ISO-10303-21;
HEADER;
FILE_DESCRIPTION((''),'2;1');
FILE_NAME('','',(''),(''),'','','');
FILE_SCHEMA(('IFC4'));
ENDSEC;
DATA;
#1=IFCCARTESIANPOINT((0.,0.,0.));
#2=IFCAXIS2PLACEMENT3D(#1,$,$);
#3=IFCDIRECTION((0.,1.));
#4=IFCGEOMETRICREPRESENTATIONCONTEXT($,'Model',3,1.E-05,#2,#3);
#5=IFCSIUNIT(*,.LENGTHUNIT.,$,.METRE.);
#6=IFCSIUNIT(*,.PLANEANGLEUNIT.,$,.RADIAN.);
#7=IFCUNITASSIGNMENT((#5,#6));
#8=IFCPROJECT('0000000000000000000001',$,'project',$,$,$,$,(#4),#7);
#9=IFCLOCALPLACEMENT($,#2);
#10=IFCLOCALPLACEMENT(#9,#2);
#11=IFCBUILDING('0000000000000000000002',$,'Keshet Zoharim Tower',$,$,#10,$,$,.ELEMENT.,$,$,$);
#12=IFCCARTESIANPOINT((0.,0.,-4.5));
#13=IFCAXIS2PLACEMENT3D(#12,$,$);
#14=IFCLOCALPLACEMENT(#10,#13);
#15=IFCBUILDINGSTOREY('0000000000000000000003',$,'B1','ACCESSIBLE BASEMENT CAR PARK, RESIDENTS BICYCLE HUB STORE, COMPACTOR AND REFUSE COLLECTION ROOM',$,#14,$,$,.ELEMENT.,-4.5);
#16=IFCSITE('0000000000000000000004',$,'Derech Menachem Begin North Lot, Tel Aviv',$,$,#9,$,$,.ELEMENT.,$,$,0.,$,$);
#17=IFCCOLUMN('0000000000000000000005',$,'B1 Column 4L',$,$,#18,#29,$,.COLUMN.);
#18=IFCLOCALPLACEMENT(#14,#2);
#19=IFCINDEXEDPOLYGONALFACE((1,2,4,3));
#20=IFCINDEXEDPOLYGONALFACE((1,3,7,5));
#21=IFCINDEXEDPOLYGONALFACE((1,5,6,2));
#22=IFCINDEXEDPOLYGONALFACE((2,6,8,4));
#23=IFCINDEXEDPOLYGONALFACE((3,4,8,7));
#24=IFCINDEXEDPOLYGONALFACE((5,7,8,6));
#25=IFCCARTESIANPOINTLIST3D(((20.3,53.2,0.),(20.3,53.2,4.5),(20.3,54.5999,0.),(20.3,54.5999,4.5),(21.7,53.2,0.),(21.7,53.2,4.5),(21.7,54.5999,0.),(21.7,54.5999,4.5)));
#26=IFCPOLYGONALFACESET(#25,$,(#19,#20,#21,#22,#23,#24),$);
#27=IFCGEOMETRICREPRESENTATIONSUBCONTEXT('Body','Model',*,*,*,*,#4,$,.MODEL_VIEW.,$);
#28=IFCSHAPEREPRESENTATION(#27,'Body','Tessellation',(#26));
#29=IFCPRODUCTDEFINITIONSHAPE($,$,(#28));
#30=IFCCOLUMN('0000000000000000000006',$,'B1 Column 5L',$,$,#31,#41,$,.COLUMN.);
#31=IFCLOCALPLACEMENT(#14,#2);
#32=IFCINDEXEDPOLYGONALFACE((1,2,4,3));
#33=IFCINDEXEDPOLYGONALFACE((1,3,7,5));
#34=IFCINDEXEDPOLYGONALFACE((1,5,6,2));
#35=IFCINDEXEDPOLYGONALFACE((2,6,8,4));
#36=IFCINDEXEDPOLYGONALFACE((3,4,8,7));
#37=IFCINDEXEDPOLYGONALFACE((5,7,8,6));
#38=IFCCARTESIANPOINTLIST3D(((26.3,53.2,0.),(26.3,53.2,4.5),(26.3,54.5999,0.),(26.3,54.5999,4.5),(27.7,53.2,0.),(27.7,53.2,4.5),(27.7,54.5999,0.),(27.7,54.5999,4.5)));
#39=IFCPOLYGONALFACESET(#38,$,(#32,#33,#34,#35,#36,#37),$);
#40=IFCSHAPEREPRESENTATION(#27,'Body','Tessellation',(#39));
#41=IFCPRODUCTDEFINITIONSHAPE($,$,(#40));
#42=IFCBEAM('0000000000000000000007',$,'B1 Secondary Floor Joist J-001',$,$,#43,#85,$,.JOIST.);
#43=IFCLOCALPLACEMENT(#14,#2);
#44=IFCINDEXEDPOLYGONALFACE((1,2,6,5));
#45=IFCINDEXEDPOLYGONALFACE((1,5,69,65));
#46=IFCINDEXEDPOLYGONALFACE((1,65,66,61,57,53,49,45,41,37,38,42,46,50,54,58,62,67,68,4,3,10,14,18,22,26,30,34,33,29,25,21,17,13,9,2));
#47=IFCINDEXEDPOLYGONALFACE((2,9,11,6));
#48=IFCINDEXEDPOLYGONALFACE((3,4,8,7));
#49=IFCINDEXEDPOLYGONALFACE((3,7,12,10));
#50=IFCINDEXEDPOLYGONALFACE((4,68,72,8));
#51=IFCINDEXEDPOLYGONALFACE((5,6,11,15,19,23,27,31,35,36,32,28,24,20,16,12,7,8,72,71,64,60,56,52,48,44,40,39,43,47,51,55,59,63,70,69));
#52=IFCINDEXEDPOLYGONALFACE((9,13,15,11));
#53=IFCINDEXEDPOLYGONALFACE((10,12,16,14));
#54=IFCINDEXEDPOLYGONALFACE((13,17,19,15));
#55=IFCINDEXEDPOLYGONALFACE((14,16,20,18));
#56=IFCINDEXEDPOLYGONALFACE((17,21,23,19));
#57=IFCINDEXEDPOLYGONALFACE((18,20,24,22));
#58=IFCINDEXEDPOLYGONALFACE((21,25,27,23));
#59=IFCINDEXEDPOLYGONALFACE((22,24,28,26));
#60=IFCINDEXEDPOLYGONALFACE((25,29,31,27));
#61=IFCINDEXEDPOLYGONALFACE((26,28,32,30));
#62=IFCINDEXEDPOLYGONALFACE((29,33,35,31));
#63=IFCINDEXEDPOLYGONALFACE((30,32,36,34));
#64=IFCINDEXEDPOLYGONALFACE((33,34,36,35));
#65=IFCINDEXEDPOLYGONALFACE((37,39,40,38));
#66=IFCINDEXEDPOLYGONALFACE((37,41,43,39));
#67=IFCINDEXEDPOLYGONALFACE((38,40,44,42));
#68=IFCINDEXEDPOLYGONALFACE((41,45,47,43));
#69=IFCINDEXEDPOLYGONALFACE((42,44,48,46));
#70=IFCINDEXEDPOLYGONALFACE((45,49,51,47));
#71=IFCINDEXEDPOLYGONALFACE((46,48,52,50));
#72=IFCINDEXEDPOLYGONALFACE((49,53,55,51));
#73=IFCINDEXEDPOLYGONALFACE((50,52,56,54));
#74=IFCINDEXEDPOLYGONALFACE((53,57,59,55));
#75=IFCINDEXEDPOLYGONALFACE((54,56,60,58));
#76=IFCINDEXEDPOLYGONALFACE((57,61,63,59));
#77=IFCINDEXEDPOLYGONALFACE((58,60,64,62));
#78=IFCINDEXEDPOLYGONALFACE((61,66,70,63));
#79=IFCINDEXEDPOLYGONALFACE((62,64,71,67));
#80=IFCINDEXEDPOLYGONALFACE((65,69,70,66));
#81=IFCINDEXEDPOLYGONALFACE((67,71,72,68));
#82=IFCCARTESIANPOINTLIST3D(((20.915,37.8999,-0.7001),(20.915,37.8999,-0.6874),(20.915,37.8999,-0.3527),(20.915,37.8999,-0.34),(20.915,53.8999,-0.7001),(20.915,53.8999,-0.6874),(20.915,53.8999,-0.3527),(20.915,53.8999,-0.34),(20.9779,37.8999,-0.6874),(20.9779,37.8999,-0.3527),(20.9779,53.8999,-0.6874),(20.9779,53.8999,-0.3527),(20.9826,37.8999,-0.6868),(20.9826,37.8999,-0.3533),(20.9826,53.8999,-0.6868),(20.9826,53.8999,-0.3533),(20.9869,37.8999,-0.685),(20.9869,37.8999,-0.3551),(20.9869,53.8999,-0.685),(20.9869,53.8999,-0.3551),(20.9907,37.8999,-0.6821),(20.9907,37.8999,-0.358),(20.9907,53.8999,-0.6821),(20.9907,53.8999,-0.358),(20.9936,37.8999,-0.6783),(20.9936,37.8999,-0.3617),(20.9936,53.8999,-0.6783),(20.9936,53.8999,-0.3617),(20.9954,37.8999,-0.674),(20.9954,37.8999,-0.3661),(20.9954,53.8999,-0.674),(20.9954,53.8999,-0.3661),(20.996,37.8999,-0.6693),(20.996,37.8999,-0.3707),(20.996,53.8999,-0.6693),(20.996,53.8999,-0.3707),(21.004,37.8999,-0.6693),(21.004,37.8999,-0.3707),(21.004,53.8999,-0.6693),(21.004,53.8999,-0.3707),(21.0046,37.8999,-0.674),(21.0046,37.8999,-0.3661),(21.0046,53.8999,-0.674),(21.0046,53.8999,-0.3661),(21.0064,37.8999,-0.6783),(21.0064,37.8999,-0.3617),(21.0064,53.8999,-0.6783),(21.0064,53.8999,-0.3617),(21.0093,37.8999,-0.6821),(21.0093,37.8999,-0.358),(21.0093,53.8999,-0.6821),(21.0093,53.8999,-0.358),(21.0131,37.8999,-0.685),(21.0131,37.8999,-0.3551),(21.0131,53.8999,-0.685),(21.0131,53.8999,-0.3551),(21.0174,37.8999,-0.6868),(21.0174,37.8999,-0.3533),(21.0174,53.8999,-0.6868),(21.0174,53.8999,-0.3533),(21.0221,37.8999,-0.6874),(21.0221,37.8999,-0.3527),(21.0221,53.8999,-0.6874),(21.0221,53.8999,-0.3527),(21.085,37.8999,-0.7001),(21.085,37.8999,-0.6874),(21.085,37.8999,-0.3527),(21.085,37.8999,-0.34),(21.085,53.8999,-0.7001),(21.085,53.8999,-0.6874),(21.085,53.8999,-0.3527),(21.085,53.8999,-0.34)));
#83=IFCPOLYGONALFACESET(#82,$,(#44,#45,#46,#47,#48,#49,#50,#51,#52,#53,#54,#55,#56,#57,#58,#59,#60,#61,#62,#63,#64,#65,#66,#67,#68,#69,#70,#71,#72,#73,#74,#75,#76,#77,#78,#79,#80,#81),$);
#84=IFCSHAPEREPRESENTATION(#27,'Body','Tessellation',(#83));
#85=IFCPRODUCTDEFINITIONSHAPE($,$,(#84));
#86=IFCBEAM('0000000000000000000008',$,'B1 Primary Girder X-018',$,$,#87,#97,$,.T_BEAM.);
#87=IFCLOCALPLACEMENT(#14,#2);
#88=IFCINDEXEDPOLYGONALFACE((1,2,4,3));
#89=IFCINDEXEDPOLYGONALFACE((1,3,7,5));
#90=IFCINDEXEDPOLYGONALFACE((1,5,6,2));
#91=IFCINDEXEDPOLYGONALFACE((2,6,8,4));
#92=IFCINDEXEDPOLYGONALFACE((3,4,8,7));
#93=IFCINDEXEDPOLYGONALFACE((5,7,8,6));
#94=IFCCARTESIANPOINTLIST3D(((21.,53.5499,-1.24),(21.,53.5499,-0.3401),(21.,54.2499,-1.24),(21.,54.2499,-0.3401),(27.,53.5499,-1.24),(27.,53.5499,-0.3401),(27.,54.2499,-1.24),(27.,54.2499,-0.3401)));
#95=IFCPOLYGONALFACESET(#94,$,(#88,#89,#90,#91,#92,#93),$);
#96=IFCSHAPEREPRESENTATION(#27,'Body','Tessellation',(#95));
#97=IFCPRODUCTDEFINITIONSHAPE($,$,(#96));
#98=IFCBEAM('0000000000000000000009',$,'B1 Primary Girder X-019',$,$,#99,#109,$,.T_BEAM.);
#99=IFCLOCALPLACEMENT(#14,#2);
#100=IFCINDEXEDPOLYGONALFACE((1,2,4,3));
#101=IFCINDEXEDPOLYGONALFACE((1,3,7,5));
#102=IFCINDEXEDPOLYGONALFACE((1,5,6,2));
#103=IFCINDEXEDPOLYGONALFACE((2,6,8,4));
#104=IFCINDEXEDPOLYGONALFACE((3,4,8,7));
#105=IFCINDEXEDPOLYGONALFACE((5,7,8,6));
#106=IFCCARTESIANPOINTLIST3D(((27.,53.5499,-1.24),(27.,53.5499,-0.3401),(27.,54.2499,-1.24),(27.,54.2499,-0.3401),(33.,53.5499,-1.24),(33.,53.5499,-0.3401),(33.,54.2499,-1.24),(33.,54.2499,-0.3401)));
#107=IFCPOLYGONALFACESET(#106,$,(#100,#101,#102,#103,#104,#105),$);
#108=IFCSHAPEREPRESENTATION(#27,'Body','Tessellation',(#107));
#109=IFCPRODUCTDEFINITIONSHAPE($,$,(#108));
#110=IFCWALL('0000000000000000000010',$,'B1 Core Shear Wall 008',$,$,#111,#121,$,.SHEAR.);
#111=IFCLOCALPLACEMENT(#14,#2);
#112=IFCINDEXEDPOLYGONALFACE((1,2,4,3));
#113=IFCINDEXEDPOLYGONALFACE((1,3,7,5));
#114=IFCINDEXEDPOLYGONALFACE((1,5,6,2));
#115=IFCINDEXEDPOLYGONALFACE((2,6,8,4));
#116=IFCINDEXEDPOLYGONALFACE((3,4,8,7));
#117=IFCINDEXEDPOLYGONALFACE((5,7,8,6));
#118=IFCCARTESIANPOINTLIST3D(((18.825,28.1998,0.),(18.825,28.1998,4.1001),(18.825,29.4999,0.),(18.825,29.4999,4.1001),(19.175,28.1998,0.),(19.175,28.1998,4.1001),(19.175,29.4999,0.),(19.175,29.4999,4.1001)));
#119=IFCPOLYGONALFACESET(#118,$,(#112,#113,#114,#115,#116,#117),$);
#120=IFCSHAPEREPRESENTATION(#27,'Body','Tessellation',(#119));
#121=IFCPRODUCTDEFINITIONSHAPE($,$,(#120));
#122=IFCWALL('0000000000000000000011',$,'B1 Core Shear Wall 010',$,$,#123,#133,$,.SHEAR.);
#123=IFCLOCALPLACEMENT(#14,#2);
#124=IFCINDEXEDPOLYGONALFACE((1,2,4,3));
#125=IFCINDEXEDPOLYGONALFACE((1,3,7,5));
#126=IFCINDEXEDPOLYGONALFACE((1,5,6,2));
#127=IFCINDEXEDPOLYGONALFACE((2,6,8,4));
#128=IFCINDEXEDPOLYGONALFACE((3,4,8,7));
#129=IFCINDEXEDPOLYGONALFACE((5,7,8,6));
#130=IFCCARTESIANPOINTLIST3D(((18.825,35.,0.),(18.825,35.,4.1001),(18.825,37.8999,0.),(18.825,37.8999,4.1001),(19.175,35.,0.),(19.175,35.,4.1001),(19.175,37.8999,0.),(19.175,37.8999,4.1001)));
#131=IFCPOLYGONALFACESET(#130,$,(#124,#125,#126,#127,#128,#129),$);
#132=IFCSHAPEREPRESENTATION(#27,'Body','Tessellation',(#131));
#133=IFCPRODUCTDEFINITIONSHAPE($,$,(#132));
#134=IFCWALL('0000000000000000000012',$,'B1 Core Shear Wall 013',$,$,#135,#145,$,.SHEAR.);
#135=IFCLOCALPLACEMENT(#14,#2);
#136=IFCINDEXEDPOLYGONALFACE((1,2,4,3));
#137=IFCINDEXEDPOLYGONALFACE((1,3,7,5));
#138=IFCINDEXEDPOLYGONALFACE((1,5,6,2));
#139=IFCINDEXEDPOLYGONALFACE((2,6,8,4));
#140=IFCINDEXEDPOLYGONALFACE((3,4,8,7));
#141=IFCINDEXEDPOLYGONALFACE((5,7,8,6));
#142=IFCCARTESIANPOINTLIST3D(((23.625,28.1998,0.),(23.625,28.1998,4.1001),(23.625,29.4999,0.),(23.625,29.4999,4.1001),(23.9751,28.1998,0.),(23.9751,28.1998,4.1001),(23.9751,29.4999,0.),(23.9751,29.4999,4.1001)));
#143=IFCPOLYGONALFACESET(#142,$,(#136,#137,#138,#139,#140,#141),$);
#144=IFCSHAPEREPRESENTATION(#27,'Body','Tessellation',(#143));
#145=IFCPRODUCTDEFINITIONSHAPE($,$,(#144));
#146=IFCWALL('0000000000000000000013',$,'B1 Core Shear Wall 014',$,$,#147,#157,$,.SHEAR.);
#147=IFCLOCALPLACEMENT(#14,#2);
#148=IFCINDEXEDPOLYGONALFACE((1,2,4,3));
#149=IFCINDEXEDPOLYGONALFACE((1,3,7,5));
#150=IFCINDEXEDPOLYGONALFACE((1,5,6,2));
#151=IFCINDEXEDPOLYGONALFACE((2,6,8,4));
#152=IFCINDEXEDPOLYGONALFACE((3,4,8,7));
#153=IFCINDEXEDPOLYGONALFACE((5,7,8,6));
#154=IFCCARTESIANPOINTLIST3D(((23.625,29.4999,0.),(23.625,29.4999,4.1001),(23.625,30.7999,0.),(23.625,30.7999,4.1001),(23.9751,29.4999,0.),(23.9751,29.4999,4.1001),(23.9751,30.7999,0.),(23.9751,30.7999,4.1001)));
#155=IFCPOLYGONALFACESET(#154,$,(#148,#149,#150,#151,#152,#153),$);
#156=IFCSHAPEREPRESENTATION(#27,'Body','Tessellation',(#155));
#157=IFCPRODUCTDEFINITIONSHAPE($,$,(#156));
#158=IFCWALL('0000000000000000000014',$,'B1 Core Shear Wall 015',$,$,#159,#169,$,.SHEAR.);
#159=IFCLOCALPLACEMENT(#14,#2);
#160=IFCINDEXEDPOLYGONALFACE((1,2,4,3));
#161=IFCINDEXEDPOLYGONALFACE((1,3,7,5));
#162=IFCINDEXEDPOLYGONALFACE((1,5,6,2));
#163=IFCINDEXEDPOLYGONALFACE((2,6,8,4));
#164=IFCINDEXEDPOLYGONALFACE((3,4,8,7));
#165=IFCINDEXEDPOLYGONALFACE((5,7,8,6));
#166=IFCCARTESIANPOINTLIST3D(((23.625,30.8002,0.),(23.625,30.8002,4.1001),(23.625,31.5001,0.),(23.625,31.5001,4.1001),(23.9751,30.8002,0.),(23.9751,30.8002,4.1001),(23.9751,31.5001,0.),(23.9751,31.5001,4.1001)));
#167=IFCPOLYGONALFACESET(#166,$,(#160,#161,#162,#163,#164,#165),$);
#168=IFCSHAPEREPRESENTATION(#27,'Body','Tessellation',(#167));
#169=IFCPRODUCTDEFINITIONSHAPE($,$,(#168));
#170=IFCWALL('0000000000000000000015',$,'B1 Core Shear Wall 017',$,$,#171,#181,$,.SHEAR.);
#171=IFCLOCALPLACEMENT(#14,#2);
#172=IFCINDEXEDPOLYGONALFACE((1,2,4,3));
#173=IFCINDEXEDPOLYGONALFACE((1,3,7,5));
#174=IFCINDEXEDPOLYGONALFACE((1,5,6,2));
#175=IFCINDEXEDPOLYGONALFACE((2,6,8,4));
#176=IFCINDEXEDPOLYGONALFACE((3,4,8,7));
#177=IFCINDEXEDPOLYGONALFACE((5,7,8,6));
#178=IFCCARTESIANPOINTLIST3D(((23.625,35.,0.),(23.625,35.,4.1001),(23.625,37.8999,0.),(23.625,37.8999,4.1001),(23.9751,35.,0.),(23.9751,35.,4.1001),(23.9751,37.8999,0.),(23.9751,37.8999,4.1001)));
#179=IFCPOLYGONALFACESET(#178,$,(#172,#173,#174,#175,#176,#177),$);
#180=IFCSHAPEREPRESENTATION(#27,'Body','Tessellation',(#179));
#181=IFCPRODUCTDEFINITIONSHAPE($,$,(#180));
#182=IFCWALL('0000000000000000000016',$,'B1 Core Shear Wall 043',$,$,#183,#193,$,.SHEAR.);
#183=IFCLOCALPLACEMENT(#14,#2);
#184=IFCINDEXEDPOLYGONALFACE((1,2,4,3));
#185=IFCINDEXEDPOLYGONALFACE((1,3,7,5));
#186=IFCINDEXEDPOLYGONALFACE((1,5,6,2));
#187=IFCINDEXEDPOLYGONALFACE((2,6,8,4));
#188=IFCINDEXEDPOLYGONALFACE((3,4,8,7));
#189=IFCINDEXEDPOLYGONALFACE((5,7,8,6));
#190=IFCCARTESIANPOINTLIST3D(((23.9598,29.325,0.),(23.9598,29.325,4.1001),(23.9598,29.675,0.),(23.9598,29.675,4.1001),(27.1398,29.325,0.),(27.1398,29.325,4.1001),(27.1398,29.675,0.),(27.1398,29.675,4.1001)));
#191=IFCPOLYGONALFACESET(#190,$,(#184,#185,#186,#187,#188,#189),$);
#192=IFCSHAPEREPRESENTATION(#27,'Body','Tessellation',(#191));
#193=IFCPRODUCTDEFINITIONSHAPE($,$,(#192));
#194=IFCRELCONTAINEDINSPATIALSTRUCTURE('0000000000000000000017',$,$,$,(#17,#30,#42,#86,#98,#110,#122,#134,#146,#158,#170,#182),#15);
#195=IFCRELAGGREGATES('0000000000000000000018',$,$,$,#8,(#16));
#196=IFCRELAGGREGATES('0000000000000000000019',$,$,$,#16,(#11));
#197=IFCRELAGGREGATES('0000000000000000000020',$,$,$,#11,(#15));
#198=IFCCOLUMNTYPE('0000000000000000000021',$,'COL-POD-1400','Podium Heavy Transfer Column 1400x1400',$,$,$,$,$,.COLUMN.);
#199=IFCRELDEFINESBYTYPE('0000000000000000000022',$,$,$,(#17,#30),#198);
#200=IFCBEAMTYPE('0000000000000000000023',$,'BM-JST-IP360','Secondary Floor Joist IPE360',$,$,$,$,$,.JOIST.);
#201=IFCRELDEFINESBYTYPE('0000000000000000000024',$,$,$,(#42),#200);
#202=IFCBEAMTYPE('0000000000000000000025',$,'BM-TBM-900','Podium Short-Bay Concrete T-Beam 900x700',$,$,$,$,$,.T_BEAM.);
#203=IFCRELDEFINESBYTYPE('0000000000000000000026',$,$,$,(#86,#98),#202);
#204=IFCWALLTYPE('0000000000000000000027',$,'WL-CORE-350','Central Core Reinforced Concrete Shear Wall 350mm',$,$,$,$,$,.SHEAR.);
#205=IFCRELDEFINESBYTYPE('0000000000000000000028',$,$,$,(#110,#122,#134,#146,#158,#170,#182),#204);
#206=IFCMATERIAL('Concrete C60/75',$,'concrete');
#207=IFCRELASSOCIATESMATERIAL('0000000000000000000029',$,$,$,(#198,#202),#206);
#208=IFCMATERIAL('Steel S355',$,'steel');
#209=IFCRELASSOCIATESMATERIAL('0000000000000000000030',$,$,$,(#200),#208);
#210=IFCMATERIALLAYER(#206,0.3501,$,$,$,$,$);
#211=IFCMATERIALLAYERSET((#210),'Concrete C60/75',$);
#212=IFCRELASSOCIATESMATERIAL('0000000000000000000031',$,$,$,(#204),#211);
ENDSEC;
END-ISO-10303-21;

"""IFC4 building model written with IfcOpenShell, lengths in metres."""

from ifc_helpers import new_model, si_unit, direction, frame, frame_2d, origin, origin_2d, place, context, subcontext, project, spatial, rectangle, i_section, extrude, material, layer, layer_set, material_profile, profile_set, type_object, element, save


model = new_model("IFC4")

# Units and contexts
model_context = context("Model", 3, precision=1e-05, world=origin(), true_north=direction((0.0, 1.0)))
body_context = subcontext(model_context, "Body", "Model", "MODEL_VIEW")
ifc_project = project(units=[si_unit("LENGTHUNIT", "METRE"), si_unit("PLANEANGLEUNIT", "RADIAN")], contexts=[model_context])

# Site, building, storey
site_placement = place(None, origin())
site = spatial("IfcSite", under=ifc_project, at=site_placement, Name="Derech Menachem Begin North Lot, Tel Aviv", CompositionType="ELEMENT", RefElevation=0.0)
building_placement = place(site_placement, origin())
building = spatial("IfcBuilding", under=site, at=building_placement, Name="Keshet Zoharim Tower", CompositionType="ELEMENT")
storey_placement = place(building_placement, frame((0.0, 0.0, -4.5)))
storey = spatial("IfcBuildingStorey", under=building, at=storey_placement, Name="B1", Description="ACCESSIBLE BASEMENT CAR PARK, RESIDENTS BICYCLE HUB STORE, COMPACTOR AND REFUSE COLLECTION ROOM", CompositionType="ELEMENT", Elevation=-4.5)

# Columns
ifc_material_1 = material(Name="Concrete C60/75", Category="concrete")
ifc_material_profile_1 = material_profile(ifc_material_1, rectangle(XDim=1.3999, YDim=1.3999, at=origin_2d()), Name="RC1400x1400")
ifc_profile_set_1 = profile_set([ifc_material_profile_1], Name="Concrete C60/75")
column_type = type_object("IfcColumnType", Name="COL-POD-1400", Description="Podium Heavy Transfer Column 1400x1400", PredefinedType="COLUMN", material=ifc_profile_set_1)
for number, where, z_axis, x_axis, name in (
    (1, (21.0, 53.8999, 0.0), (0.0, 0.0, 1.0), (1.0, 0.0, 0.0), "B1 Column 4L"),
    (2, (27.0, 53.8999, 0.0), (0.0, 0.0, 1.0), (1.0, 0.0, 0.0), "B1 Column 5L"),
):
    element("IfcColumn", number, at=place(storey_placement, frame(where, z_axis=z_axis, x_axis=x_axis)), inside=storey, type_object=column_type, Name=name, PredefinedType="COLUMN", context=body_context, shape_type="SweptSolid", body=[
        extrude(rectangle(XDim=1.3999, YDim=1.3999, at=origin_2d()), origin(), (0.0, 0.0, 1.0), 4.5),
    ])

# Beams
ifc_material_2 = material(Name="Steel S355", Category="steel")
ifc_material_profile_2 = material_profile(ifc_material_2, i_section(OverallWidth=0.1699, OverallDepth=0.3601, WebThickness=0.0081, FlangeThickness=0.0127, FilletRadius=0.0181, at=origin_2d()), Name="IPE360")
ifc_profile_set_2 = profile_set([ifc_material_profile_2], Name="Steel S355")
beam_type_1 = type_object("IfcBeamType", Name="BM-JST-IP360", Description="Secondary Floor Joist IPE360", PredefinedType="JOIST", material=ifc_profile_set_2)
beam_placement = place(storey_placement, frame((21.0, 37.8999, -0.52), z_axis=(0.0, 1.0, 0.0), x_axis=(-1.0, 0.0, 0.0)))
element("IfcBeam", 3, at=beam_placement, inside=storey, type_object=beam_type_1, Name="B1 Secondary Floor Joist J-001", PredefinedType="JOIST", context=body_context, shape_type="SweptSolid", body=[
    extrude(i_section(OverallWidth=0.1699, OverallDepth=0.3601, WebThickness=0.0081, FlangeThickness=0.0127, FilletRadius=0.0181, at=origin_2d()), origin(), (0.0, 0.0, 1.0), 16.0),
])
ifc_material_profile_3 = material_profile(ifc_material_1, rectangle(XDim=0.7, YDim=0.8999, at=origin_2d()), Name="RC900x700")
ifc_profile_set_3 = profile_set([ifc_material_profile_3], Name="Concrete C60/75")
beam_type_2 = type_object("IfcBeamType", Name="BM-TBM-900", Description="Podium Short-Bay Concrete T-Beam 900x700", PredefinedType="T_BEAM", material=ifc_profile_set_3)
for number, where, z_axis, x_axis, name in (
    (4, (21.0, 53.8999, -0.79), (1.0, 0.0, 0.0), (0.0, 1.0, 0.0), "B1 Primary Girder X-018"),
    (5, (27.0, 53.8999, -0.79), (1.0, 0.0, 0.0), (0.0, 1.0, 0.0), "B1 Primary Girder X-019"),
):
    element("IfcBeam", number, at=place(storey_placement, frame(where, z_axis=z_axis, x_axis=x_axis)), inside=storey, type_object=beam_type_2, Name=name, PredefinedType="T_BEAM", context=body_context, shape_type="SweptSolid", body=[
        extrude(rectangle(XDim=0.7, YDim=0.8999, at=origin_2d()), origin(), (0.0, 0.0, 1.0), 6.0),
    ])

# Wall
ifc_layer_1 = layer(ifc_material_1, 0.3501)
ifc_layer_set_1 = layer_set([ifc_layer_1], Name="Concrete C60/75")
wall_type_1 = type_object("IfcWallType", Name="WL-CORE-350", Description="Central Core Reinforced Concrete Shear Wall 350mm", PredefinedType="SHEAR", material=ifc_layer_set_1)
wall_1_placement = place(storey_placement, frame((19.0, 28.2, 0.0), z_axis=(0.0, 0.0, 1.0), x_axis=(0.0, 1.0, 0.0)))
element("IfcWall", 6, at=wall_1_placement, inside=storey, type_object=wall_type_1, Name="B1 Core Shear Wall 008", PredefinedType="SHEAR", context=body_context, shape_type="SweptSolid", body=[
    extrude(rectangle(XDim=1.3, YDim=0.3501, at=frame_2d((0.6499, 0.0))), origin(), (0.0, 0.0, 1.0), 4.1001),
])

# Walls
wall_2_placement = place(storey_placement, frame((19.0, 35.0, 0.0), z_axis=(0.0, 0.0, 1.0), x_axis=(0.0, 1.0, 0.0)))
element("IfcWall", 7, at=wall_2_placement, inside=storey, type_object=wall_type_1, Name="B1 Core Shear Wall 010", PredefinedType="SHEAR", context=body_context, shape_type="SweptSolid", body=[
    extrude(rectangle(XDim=2.8999, YDim=0.3501, at=frame_2d((1.45, 0.0))), origin(), (0.0, 0.0, 1.0), 4.1001),
])
for number, where, z_axis, x_axis, name in (
    (8, (23.8, 28.2, 0.0), (0.0, 0.0, 1.0), (0.0, 1.0, 0.0), "B1 Core Shear Wall 013"),
    (9, (23.8, 29.5, 0.0), (0.0, 0.0, 1.0), (0.0, 1.0, 0.0), "B1 Core Shear Wall 014"),
):
    element("IfcWall", number, at=place(storey_placement, frame(where, z_axis=z_axis, x_axis=x_axis)), inside=storey, type_object=wall_type_1, Name=name, PredefinedType="SHEAR", context=body_context, shape_type="SweptSolid", body=[
        extrude(rectangle(XDim=1.3, YDim=0.3501, at=frame_2d((0.6499, 0.0))), origin(), (0.0, 0.0, 1.0), 4.1001),
    ])
wall_3_placement = place(storey_placement, frame((23.8, 30.8, 0.0), z_axis=(0.0, 0.0, 1.0), x_axis=(0.0, 1.0, 0.0)))
element("IfcWall", 10, at=wall_3_placement, inside=storey, type_object=wall_type_1, Name="B1 Core Shear Wall 015", PredefinedType="SHEAR", context=body_context, shape_type="SweptSolid", body=[
    extrude(rectangle(XDim=0.7, YDim=0.3501, at=frame_2d((0.3501, 0.0))), origin(), (0.0, 0.0, 1.0), 4.1001),
])

# Wall
wall_4_placement = place(storey_placement, frame((23.8, 35.0, 0.0), z_axis=(0.0, 0.0, 1.0), x_axis=(0.0, 1.0, 0.0)))
element("IfcWall", 11, at=wall_4_placement, inside=storey, type_object=wall_type_1, Name="B1 Core Shear Wall 017", PredefinedType="SHEAR", context=body_context, shape_type="SweptSolid", body=[
    extrude(rectangle(XDim=2.8999, YDim=0.3501, at=frame_2d((1.45, 0.0))), origin(), (0.0, 0.0, 1.0), 4.1001),
])

# Wall
wall_5_placement = place(storey_placement, frame((23.96, 29.5, 0.0), z_axis=(0.0, 0.0, 1.0), x_axis=(1.0, 0.0, 0.0)))
element("IfcWall", 12, at=wall_5_placement, inside=storey, type_object=wall_type_1, Name="B1 Core Shear Wall 043", PredefinedType="SHEAR", context=body_context, shape_type="SweptSolid", body=[
    extrude(rectangle(XDim=3.1799, YDim=0.3501, at=frame_2d((1.5898, 0.0))), origin(), (0.0, 0.0, 1.0), 4.1001),
])

save(model, "model.ifc")
